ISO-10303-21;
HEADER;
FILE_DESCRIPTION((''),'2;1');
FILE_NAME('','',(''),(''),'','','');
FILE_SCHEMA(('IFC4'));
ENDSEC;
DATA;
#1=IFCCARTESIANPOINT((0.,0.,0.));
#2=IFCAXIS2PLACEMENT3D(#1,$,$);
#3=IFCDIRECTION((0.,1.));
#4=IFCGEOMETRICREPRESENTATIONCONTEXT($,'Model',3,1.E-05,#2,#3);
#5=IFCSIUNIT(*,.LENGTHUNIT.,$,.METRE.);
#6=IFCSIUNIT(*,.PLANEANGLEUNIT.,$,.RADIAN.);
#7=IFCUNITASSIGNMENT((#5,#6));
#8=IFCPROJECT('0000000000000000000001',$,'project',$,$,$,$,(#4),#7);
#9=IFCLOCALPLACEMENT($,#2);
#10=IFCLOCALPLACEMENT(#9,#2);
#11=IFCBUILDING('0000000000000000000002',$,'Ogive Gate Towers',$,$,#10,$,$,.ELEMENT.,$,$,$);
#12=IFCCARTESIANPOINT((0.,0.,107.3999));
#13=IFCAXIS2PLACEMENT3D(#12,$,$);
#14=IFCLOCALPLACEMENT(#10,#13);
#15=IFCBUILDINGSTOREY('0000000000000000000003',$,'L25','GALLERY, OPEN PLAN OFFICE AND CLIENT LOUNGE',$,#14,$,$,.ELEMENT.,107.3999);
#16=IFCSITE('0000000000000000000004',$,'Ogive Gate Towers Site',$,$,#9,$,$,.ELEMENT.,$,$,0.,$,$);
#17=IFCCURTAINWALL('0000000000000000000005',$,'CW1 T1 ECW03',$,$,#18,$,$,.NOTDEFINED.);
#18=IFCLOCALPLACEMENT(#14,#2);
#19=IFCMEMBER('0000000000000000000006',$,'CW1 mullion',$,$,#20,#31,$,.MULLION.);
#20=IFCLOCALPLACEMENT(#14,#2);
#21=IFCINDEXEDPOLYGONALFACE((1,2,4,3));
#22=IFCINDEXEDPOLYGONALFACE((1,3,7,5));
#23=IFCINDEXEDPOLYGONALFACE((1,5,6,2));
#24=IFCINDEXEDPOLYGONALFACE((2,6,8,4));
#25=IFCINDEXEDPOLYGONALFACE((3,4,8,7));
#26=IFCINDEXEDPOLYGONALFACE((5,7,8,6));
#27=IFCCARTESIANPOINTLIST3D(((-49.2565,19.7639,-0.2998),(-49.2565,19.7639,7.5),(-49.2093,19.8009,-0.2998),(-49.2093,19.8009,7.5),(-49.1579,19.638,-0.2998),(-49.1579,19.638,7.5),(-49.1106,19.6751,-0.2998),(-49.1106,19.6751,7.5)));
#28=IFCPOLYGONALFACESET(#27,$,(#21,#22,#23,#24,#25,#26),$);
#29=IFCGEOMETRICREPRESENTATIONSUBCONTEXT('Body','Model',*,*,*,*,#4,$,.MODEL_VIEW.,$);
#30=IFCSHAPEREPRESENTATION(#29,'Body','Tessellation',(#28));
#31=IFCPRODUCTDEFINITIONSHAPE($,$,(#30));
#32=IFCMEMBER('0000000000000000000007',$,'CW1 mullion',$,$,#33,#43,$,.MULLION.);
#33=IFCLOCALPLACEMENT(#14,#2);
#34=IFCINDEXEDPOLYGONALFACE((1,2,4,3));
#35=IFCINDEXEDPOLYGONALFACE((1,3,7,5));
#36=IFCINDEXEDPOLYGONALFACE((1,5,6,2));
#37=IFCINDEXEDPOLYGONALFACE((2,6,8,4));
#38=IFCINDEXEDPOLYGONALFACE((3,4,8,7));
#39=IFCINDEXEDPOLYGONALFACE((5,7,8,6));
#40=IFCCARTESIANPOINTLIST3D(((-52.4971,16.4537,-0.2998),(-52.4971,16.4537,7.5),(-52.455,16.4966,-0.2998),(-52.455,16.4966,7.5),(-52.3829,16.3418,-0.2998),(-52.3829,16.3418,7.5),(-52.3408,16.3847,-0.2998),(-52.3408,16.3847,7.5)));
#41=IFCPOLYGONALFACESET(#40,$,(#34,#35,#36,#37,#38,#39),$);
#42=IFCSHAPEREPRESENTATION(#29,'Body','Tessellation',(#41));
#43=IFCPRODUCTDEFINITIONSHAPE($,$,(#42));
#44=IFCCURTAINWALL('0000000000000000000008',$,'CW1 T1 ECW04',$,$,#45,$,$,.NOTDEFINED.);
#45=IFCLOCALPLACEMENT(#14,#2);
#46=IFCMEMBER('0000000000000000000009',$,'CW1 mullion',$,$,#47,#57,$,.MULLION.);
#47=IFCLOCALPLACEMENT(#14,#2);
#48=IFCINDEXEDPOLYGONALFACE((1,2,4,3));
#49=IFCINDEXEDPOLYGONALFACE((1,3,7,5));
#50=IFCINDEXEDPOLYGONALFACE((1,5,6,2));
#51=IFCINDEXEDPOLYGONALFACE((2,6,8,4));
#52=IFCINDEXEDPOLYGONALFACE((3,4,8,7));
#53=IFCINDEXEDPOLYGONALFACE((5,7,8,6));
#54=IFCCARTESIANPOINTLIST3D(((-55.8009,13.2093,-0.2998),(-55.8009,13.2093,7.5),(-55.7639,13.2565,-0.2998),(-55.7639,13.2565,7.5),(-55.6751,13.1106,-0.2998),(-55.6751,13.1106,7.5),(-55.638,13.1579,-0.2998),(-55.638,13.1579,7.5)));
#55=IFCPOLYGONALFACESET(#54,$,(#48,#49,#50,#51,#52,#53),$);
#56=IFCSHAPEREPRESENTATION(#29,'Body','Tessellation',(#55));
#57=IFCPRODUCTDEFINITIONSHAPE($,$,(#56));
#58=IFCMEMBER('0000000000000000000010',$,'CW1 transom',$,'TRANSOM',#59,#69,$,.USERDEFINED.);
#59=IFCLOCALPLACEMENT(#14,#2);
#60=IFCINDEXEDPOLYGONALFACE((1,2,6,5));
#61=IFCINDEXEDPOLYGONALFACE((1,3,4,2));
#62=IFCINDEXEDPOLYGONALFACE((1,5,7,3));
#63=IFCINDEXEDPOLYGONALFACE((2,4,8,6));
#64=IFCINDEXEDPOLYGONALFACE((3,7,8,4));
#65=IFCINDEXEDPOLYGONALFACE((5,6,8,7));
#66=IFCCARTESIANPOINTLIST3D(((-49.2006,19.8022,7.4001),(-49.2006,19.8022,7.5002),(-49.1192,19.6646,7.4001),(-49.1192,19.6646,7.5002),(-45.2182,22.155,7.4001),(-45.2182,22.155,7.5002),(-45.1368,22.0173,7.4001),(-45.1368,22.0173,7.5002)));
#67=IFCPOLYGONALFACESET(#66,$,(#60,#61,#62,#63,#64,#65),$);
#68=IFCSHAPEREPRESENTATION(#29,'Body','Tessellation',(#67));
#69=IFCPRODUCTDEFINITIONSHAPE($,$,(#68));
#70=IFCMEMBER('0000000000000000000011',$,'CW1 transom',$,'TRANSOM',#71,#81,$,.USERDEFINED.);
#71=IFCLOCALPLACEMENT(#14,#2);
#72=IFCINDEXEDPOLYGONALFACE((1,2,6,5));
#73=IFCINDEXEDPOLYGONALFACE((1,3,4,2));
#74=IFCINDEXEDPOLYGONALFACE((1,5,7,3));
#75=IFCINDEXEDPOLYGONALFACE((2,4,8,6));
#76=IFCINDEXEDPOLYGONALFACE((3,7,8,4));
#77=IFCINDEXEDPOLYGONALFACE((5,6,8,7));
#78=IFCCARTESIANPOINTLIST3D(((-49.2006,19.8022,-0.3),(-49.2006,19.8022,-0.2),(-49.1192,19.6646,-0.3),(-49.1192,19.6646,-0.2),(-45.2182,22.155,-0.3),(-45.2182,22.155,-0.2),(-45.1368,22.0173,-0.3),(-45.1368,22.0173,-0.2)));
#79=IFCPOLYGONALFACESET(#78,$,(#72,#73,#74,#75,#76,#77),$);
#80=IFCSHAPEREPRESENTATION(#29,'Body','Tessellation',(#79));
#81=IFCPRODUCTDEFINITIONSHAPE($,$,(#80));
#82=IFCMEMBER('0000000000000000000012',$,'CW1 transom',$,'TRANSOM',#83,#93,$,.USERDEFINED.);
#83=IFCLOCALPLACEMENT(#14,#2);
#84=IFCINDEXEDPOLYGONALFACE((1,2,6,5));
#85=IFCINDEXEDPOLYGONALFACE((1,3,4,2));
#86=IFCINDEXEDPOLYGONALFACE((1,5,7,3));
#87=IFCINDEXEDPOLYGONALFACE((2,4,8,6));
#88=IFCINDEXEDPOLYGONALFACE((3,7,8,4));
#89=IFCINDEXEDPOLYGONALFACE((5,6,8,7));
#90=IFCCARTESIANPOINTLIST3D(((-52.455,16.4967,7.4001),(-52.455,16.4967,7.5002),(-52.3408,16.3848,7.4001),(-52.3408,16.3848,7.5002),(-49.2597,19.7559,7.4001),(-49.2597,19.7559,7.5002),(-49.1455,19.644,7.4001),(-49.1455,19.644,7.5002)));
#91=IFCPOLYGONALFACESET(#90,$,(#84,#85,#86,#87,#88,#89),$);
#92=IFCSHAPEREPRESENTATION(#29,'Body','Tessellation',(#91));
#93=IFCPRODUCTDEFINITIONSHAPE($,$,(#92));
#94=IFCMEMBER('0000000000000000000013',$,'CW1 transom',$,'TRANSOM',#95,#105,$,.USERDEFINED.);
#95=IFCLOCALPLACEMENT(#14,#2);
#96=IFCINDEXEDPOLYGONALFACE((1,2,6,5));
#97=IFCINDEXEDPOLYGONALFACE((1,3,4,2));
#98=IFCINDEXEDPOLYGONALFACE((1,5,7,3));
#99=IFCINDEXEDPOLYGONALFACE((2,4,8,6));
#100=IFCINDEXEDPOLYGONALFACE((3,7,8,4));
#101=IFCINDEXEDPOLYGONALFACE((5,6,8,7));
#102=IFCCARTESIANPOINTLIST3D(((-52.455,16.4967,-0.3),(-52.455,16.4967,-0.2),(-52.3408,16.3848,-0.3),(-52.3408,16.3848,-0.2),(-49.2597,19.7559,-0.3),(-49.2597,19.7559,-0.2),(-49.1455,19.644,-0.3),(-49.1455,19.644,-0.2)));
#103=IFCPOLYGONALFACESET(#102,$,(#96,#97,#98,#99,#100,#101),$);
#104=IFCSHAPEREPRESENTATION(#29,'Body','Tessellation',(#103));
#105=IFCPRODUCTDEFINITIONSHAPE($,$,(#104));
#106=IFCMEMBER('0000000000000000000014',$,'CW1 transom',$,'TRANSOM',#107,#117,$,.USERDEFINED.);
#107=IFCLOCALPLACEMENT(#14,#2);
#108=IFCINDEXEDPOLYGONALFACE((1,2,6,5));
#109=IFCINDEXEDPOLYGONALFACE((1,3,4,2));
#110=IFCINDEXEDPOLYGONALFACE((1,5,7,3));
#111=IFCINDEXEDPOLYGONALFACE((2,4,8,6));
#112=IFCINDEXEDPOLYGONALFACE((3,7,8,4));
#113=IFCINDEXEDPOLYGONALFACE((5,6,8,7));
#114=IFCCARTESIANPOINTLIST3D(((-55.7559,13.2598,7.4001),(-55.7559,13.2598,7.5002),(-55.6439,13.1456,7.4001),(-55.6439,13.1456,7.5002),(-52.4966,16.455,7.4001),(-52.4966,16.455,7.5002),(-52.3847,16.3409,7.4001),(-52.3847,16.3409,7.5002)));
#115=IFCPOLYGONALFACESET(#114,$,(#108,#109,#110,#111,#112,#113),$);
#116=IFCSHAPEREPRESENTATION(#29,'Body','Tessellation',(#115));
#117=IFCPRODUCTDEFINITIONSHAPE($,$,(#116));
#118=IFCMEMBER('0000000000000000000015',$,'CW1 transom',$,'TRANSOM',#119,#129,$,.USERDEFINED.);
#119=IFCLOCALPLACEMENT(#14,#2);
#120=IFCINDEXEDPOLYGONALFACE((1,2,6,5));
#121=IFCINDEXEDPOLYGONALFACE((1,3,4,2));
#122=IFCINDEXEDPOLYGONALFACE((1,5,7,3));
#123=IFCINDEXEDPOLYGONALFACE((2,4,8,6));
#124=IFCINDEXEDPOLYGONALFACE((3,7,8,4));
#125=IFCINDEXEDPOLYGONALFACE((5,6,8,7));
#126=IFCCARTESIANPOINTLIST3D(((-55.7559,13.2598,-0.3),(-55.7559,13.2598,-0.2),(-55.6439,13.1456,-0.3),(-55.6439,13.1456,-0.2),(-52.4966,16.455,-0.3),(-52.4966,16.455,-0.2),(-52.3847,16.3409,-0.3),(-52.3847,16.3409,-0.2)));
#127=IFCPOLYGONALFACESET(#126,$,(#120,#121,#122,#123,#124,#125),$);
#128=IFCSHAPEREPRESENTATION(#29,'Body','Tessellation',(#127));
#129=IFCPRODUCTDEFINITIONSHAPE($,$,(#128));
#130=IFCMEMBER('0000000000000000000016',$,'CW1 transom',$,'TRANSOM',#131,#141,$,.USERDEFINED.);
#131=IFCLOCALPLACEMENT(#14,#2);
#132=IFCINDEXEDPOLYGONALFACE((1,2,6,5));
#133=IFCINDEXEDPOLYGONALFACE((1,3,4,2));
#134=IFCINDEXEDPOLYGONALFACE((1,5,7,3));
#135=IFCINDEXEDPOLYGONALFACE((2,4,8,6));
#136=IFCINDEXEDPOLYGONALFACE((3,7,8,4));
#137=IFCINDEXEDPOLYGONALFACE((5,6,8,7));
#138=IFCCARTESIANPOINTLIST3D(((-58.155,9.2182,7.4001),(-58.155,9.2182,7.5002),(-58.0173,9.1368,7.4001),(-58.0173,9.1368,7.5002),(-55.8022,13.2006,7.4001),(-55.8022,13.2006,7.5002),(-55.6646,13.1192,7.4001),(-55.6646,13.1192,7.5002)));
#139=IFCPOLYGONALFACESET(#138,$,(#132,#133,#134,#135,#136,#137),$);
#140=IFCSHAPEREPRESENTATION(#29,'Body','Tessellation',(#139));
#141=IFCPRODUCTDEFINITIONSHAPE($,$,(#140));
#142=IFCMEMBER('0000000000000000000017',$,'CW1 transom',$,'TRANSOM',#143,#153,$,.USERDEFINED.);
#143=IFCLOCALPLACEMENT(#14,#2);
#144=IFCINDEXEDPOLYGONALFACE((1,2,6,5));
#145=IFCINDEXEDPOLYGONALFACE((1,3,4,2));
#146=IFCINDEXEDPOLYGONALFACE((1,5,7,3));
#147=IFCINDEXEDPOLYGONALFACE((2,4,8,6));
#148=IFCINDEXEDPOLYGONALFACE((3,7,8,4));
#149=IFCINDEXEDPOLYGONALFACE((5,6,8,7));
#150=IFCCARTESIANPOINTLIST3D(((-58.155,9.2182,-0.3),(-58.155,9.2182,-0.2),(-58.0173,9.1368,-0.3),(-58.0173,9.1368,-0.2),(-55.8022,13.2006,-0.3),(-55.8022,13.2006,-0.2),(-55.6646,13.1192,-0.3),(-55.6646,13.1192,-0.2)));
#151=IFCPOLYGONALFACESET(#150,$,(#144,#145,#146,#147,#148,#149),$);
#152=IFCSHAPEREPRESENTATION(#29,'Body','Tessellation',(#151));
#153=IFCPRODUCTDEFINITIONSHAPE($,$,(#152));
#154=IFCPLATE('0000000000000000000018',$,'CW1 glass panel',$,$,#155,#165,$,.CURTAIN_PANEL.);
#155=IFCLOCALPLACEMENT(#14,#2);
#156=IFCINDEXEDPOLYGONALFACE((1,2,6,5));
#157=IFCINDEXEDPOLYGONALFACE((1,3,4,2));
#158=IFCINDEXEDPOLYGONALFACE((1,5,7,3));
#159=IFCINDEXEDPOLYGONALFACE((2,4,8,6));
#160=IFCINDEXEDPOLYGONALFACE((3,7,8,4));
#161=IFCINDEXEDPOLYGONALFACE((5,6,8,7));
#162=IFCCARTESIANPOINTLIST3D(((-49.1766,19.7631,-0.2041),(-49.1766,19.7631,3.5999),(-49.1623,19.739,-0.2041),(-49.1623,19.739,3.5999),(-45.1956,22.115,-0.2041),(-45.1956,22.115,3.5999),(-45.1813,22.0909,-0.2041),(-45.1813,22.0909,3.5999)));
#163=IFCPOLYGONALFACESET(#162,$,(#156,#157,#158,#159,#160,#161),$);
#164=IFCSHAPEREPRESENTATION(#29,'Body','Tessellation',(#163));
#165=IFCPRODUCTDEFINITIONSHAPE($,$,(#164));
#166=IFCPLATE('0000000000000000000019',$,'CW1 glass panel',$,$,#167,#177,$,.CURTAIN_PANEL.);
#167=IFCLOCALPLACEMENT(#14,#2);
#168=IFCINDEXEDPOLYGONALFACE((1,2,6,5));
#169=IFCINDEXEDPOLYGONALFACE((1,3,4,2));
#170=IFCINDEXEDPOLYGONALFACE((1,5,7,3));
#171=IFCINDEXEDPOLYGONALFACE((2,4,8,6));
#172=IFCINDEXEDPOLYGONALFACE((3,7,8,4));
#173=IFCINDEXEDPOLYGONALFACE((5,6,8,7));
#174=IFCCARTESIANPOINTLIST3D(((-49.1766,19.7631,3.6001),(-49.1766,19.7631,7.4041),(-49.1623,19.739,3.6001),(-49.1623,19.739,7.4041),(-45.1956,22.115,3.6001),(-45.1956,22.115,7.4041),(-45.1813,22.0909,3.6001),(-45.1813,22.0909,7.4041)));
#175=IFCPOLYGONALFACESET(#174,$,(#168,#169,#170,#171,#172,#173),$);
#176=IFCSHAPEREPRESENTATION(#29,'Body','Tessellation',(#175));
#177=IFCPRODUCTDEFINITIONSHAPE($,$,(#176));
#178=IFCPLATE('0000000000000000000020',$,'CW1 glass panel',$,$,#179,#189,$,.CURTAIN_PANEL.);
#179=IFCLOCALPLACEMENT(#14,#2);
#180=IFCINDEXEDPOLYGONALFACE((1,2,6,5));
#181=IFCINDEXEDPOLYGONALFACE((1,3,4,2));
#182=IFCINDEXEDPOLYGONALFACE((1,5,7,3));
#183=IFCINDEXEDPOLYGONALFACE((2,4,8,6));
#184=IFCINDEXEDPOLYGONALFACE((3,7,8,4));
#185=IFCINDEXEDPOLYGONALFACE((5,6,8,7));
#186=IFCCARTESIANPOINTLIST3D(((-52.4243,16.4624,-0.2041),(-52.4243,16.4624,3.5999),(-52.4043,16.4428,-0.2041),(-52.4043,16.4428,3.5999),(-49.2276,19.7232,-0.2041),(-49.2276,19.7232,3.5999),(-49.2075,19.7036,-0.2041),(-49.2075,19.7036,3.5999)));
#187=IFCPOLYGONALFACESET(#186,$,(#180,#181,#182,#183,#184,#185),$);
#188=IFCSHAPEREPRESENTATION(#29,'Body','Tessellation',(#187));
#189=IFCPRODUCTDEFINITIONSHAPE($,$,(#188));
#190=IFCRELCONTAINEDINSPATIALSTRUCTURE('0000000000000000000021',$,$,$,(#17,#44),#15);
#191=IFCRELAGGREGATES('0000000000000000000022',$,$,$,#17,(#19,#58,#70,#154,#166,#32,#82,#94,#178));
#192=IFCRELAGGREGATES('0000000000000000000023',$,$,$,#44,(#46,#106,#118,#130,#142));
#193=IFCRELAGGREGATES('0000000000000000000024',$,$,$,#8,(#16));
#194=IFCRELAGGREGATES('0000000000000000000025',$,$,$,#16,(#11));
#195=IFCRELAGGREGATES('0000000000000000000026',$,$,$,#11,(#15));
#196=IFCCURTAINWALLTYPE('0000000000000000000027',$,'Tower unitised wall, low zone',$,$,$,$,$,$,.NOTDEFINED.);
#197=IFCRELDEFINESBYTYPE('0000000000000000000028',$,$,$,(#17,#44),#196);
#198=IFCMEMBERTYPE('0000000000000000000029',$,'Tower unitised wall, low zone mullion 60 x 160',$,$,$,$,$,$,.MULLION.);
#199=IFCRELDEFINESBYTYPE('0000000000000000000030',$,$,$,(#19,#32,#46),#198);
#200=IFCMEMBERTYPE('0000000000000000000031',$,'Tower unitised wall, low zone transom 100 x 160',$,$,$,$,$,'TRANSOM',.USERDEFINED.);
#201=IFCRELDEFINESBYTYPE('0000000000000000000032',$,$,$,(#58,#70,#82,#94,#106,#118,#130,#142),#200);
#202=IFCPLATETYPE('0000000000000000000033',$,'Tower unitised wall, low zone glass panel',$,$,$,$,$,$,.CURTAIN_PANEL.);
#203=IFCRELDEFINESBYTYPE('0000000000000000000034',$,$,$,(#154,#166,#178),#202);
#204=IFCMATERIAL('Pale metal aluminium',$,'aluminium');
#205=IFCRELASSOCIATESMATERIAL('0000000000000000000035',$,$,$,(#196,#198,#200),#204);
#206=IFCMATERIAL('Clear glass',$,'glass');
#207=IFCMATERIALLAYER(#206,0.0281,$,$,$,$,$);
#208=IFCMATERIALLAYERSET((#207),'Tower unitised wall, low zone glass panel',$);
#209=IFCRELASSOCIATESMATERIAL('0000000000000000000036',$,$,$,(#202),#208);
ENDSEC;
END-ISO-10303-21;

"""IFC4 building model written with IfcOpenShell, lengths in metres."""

from ifc_helpers import new_model, si_unit, direction, frame, origin, origin_2d, place, context, subcontext, project, spatial, rectangle, extrude, material, layer, layer_set, material_profile, profile_set, type_object, element, aggregate, save


model = new_model("IFC4")

# Units and contexts
model_context = context("Model", 3, precision=1e-05, world=origin(), true_north=direction((0.0, 1.0)))
body_context = subcontext(model_context, "Body", "Model", "MODEL_VIEW")
ifc_project = project(units=[si_unit("LENGTHUNIT", "METRE"), si_unit("PLANEANGLEUNIT", "RADIAN")], contexts=[model_context])

# Site, building, storey
site_placement = place(None, origin())
site = spatial("IfcSite", under=ifc_project, at=site_placement, Name="Ogive Gate Towers Site", CompositionType="ELEMENT", RefElevation=0.0)
building_placement = place(site_placement, origin())
building = spatial("IfcBuilding", under=site, at=building_placement, Name="Ogive Gate Towers", CompositionType="ELEMENT")
storey_placement = place(building_placement, frame((0.0, 0.0, 107.3999)))
storey = spatial("IfcBuildingStorey", under=building, at=storey_placement, Name="L25", Description="GALLERY, OPEN PLAN OFFICE AND CLIENT LOUNGE", CompositionType="ELEMENT", Elevation=107.3999)

# Curtain wall, members
ifc_material_1 = material(Name="Pale metal aluminium", Category="aluminium")
curtain_wall_type = type_object("IfcCurtainWallType", Name="Tower unitised wall, low zone", PredefinedType="NOTDEFINED", material=ifc_material_1)
curtain_wall_1_placement = place(storey_placement, origin())
curtain_wall_1 = element("IfcCurtainWall", 1, at=curtain_wall_1_placement, inside=storey, type_object=curtain_wall_type, Name="CW1 T1 ECW03", PredefinedType="NOTDEFINED")
ifc_material_profile_1 = material_profile(ifc_material_1, rectangle(XDim=0.1599, YDim=0.0601, at=origin_2d()), Name="60 x 160 aluminium box")
ifc_profile_set_1 = profile_set([ifc_material_profile_1], Name="Pale metal aluminium")
member_type_1 = type_object("IfcMemberType", Name="Tower unitised wall, low zone mullion 60 x 160", PredefinedType="MULLION", material=ifc_profile_set_1)
member_1_placement = place(storey_placement, frame((-49.1836, 19.7195, -0.2998), z_axis=(0.0, 0.0, 1.0), x_axis=(-0.616637, 0.787247, 0.0)))
member_1 = element("IfcMember", 2, at=member_1_placement, type_object=member_type_1, Name="CW1 mullion", PredefinedType="MULLION", context=body_context, shape_type="SweptSolid", body=[
    extrude(rectangle(XDim=0.1599, YDim=0.0601, at=origin_2d()), origin(), (0.0, 0.0, 1.0), 7.7998),
])
member_2_placement = place(storey_placement, frame((-52.4189, 16.4192, -0.2998), z_axis=(0.0, 0.0, 1.0), x_axis=(-0.714082, 0.700062, 0.0)))
member_2 = element("IfcMember", 3, at=member_2_placement, type_object=member_type_1, Name="CW1 mullion", PredefinedType="MULLION", context=body_context, shape_type="SweptSolid", body=[
    extrude(rectangle(XDim=0.1599, YDim=0.0601, at=origin_2d()), origin(), (0.0, 0.0, 1.0), 7.7998),
])

# Curtain wall, member
curtain_wall_2_placement = place(storey_placement, origin())
curtain_wall_2 = element("IfcCurtainWall", 4, at=curtain_wall_2_placement, inside=storey, type_object=curtain_wall_type, Name="CW1 T1 ECW04", PredefinedType="NOTDEFINED")
member_3_placement = place(storey_placement, frame((-55.7195, 13.1836, -0.2998), z_axis=(0.0, 0.0, 1.0), x_axis=(-0.787247, 0.616637, 0.0)))
member_3 = element("IfcMember", 5, at=member_3_placement, type_object=member_type_1, Name="CW1 mullion", PredefinedType="MULLION", context=body_context, shape_type="SweptSolid", body=[
    extrude(rectangle(XDim=0.1599, YDim=0.0601, at=origin_2d()), origin(), (0.0, 0.0, 1.0), 7.7998),
])

# Members
ifc_material_profile_2 = material_profile(ifc_material_1, rectangle(XDim=0.1599, YDim=0.1001, at=origin_2d()), Name="100 x 160 aluminium box")
ifc_profile_set_2 = profile_set([ifc_material_profile_2], Name="Pale metal aluminium")
member_type_2 = type_object("IfcMemberType", Name="Tower unitised wall, low zone transom 100 x 160", ElementType="TRANSOM", PredefinedType="USERDEFINED", material=ifc_profile_set_2)
member_4_placement = place(storey_placement, frame((-45.1775, 22.0862, 7.4502), z_axis=(-0.860971, -0.508655, 0.0), x_axis=(0.508655, -0.860971, 0.0)))
member_4 = element("IfcMember", 6, at=member_4_placement, type_object=member_type_2, Name="CW1 transom", ObjectType="TRANSOM", PredefinedType="USERDEFINED", context=body_context, shape_type="SweptSolid", body=[
    extrude(rectangle(XDim=0.1599, YDim=0.1001, at=origin_2d()), origin(), (0.0, 0.0, 1.0), 4.6255),
])
member_5_placement = place(storey_placement, frame((-45.1775, 22.0862, -0.25), z_axis=(-0.860971, -0.508655, 0.0), x_axis=(0.508655, -0.860971, 0.0)))
member_5 = element("IfcMember", 7, at=member_5_placement, type_object=member_type_2, Name="CW1 transom", ObjectType="TRANSOM", PredefinedType="USERDEFINED", context=body_context, shape_type="SweptSolid", body=[
    extrude(rectangle(XDim=0.1599, YDim=0.1001, at=origin_2d()), origin(), (0.0, 0.0, 1.0), 4.6255),
])
member_6_placement = place(storey_placement, frame((-49.2026, 19.7, 7.4502), z_axis=(-0.700065, -0.714079, 0.0), x_axis=(0.714079, -0.700065, 0.0)))
member_6 = element("IfcMember", 8, at=member_6_placement, type_object=member_type_2, Name="CW1 transom", ObjectType="TRANSOM", PredefinedType="USERDEFINED", context=body_context, shape_type="SweptSolid", body=[
    extrude(rectangle(XDim=0.1599, YDim=0.1001, at=origin_2d()), origin(), (0.0, 0.0, 1.0), 4.5642),
])
member_7_placement = place(storey_placement, frame((-49.2026, 19.7, -0.25), z_axis=(-0.700065, -0.714079, 0.0), x_axis=(0.714079, -0.700065, 0.0)))
member_7 = element("IfcMember", 9, at=member_7_placement, type_object=member_type_2, Name="CW1 transom", ObjectType="TRANSOM", PredefinedType="USERDEFINED", context=body_context, shape_type="SweptSolid", body=[
    extrude(rectangle(XDim=0.1599, YDim=0.1001, at=origin_2d()), origin(), (0.0, 0.0, 1.0), 4.5642),
])
member_8_placement = place(storey_placement, frame((-52.4407, 16.3979, 7.4502), z_axis=(-0.714079, -0.700065, 0.0), x_axis=(0.700065, -0.714079, 0.0)))
member_8 = element("IfcMember", 10, at=member_8_placement, type_object=member_type_2, Name="CW1 transom", ObjectType="TRANSOM", PredefinedType="USERDEFINED", context=body_context, shape_type="SweptSolid", body=[
    extrude(rectangle(XDim=0.1599, YDim=0.1001, at=origin_2d()), origin(), (0.0, 0.0, 1.0), 4.5642),
])
member_9_placement = place(storey_placement, frame((-52.4407, 16.3979, -0.25), z_axis=(-0.714079, -0.700065, 0.0), x_axis=(0.700065, -0.714079, 0.0)))
member_9 = element("IfcMember", 11, at=member_9_placement, type_object=member_type_2, Name="CW1 transom", ObjectType="TRANSOM", PredefinedType="USERDEFINED", context=body_context, shape_type="SweptSolid", body=[
    extrude(rectangle(XDim=0.1599, YDim=0.1001, at=origin_2d()), origin(), (0.0, 0.0, 1.0), 4.5642),
])
member_10_placement = place(storey_placement, frame((-55.7334, 13.1599, 7.4502), z_axis=(-0.508655, -0.860971, 0.0), x_axis=(0.860971, -0.508655, 0.0)))
member_10 = element("IfcMember", 12, at=member_10_placement, type_object=member_type_2, Name="CW1 transom", ObjectType="TRANSOM", PredefinedType="USERDEFINED", context=body_context, shape_type="SweptSolid", body=[
    extrude(rectangle(XDim=0.1599, YDim=0.1001, at=origin_2d()), origin(), (0.0, 0.0, 1.0), 4.6255),
])
member_11_placement = place(storey_placement, frame((-55.7334, 13.1599, -0.25), z_axis=(-0.508655, -0.860971, 0.0), x_axis=(0.860971, -0.508655, 0.0)))
member_11 = element("IfcMember", 13, at=member_11_placement, type_object=member_type_2, Name="CW1 transom", ObjectType="TRANSOM", PredefinedType="USERDEFINED", context=body_context, shape_type="SweptSolid", body=[
    extrude(rectangle(XDim=0.1599, YDim=0.1001, at=origin_2d()), origin(), (0.0, 0.0, 1.0), 4.6255),
])

# Plates
ifc_material_2 = material(Name="Clear glass", Category="glass")
ifc_layer_1 = layer(ifc_material_2, 0.0281)
ifc_layer_set_1 = layer_set([ifc_layer_1], Name="Tower unitised wall, low zone glass panel")
plate_type = type_object("IfcPlateType", Name="Tower unitised wall, low zone glass panel", PredefinedType="CURTAIN_PANEL", material=ifc_layer_set_1)
plate_1_placement = place(storey_placement, frame((-47.179, 20.927, -0.2041), z_axis=(0.0, 0.0, 1.0), x_axis=(-0.860973, -0.508651, 0.0)))
plate_1 = element("IfcPlate", 14, at=plate_1_placement, type_object=plate_type, Name="CW1 glass panel", PredefinedType="CURTAIN_PANEL", context=body_context, shape_type="SweptSolid", body=[
    extrude(rectangle(XDim=4.6238, YDim=0.0281, at=origin_2d()), origin(), (0.0, 0.0, 1.0), 3.804),
])
plate_2_placement = place(storey_placement, frame((-47.179, 20.927, 3.6001), z_axis=(0.0, 0.0, 1.0), x_axis=(-0.860973, -0.508651, 0.0)))
plate_2 = element("IfcPlate", 15, at=plate_2_placement, type_object=plate_type, Name="CW1 glass panel", PredefinedType="CURTAIN_PANEL", context=body_context, shape_type="SweptSolid", body=[
    extrude(rectangle(XDim=4.6238, YDim=0.0281, at=origin_2d()), origin(), (0.0, 0.0, 1.0), 3.804),
])
plate_3_placement = place(storey_placement, frame((-50.8159, 18.083, -0.2041), z_axis=(0.0, 0.0, 1.0), x_axis=(-0.700062, -0.714082, 0.0)))
plate_3 = element("IfcPlate", 16, at=plate_3_placement, type_object=plate_type, Name="CW1 glass panel", PredefinedType="CURTAIN_PANEL", context=body_context, shape_type="SweptSolid", body=[
    extrude(rectangle(XDim=4.5664, YDim=0.0281, at=origin_2d()), origin(), (0.0, 0.0, 1.0), 3.804),
])
aggregate(curtain_wall_1, [member_1, member_4, member_5, plate_1, plate_2, member_2, member_6, member_7, plate_3])
aggregate(curtain_wall_2, [member_3, member_8, member_9, member_10, member_11])

save(model, "model.ifc")
